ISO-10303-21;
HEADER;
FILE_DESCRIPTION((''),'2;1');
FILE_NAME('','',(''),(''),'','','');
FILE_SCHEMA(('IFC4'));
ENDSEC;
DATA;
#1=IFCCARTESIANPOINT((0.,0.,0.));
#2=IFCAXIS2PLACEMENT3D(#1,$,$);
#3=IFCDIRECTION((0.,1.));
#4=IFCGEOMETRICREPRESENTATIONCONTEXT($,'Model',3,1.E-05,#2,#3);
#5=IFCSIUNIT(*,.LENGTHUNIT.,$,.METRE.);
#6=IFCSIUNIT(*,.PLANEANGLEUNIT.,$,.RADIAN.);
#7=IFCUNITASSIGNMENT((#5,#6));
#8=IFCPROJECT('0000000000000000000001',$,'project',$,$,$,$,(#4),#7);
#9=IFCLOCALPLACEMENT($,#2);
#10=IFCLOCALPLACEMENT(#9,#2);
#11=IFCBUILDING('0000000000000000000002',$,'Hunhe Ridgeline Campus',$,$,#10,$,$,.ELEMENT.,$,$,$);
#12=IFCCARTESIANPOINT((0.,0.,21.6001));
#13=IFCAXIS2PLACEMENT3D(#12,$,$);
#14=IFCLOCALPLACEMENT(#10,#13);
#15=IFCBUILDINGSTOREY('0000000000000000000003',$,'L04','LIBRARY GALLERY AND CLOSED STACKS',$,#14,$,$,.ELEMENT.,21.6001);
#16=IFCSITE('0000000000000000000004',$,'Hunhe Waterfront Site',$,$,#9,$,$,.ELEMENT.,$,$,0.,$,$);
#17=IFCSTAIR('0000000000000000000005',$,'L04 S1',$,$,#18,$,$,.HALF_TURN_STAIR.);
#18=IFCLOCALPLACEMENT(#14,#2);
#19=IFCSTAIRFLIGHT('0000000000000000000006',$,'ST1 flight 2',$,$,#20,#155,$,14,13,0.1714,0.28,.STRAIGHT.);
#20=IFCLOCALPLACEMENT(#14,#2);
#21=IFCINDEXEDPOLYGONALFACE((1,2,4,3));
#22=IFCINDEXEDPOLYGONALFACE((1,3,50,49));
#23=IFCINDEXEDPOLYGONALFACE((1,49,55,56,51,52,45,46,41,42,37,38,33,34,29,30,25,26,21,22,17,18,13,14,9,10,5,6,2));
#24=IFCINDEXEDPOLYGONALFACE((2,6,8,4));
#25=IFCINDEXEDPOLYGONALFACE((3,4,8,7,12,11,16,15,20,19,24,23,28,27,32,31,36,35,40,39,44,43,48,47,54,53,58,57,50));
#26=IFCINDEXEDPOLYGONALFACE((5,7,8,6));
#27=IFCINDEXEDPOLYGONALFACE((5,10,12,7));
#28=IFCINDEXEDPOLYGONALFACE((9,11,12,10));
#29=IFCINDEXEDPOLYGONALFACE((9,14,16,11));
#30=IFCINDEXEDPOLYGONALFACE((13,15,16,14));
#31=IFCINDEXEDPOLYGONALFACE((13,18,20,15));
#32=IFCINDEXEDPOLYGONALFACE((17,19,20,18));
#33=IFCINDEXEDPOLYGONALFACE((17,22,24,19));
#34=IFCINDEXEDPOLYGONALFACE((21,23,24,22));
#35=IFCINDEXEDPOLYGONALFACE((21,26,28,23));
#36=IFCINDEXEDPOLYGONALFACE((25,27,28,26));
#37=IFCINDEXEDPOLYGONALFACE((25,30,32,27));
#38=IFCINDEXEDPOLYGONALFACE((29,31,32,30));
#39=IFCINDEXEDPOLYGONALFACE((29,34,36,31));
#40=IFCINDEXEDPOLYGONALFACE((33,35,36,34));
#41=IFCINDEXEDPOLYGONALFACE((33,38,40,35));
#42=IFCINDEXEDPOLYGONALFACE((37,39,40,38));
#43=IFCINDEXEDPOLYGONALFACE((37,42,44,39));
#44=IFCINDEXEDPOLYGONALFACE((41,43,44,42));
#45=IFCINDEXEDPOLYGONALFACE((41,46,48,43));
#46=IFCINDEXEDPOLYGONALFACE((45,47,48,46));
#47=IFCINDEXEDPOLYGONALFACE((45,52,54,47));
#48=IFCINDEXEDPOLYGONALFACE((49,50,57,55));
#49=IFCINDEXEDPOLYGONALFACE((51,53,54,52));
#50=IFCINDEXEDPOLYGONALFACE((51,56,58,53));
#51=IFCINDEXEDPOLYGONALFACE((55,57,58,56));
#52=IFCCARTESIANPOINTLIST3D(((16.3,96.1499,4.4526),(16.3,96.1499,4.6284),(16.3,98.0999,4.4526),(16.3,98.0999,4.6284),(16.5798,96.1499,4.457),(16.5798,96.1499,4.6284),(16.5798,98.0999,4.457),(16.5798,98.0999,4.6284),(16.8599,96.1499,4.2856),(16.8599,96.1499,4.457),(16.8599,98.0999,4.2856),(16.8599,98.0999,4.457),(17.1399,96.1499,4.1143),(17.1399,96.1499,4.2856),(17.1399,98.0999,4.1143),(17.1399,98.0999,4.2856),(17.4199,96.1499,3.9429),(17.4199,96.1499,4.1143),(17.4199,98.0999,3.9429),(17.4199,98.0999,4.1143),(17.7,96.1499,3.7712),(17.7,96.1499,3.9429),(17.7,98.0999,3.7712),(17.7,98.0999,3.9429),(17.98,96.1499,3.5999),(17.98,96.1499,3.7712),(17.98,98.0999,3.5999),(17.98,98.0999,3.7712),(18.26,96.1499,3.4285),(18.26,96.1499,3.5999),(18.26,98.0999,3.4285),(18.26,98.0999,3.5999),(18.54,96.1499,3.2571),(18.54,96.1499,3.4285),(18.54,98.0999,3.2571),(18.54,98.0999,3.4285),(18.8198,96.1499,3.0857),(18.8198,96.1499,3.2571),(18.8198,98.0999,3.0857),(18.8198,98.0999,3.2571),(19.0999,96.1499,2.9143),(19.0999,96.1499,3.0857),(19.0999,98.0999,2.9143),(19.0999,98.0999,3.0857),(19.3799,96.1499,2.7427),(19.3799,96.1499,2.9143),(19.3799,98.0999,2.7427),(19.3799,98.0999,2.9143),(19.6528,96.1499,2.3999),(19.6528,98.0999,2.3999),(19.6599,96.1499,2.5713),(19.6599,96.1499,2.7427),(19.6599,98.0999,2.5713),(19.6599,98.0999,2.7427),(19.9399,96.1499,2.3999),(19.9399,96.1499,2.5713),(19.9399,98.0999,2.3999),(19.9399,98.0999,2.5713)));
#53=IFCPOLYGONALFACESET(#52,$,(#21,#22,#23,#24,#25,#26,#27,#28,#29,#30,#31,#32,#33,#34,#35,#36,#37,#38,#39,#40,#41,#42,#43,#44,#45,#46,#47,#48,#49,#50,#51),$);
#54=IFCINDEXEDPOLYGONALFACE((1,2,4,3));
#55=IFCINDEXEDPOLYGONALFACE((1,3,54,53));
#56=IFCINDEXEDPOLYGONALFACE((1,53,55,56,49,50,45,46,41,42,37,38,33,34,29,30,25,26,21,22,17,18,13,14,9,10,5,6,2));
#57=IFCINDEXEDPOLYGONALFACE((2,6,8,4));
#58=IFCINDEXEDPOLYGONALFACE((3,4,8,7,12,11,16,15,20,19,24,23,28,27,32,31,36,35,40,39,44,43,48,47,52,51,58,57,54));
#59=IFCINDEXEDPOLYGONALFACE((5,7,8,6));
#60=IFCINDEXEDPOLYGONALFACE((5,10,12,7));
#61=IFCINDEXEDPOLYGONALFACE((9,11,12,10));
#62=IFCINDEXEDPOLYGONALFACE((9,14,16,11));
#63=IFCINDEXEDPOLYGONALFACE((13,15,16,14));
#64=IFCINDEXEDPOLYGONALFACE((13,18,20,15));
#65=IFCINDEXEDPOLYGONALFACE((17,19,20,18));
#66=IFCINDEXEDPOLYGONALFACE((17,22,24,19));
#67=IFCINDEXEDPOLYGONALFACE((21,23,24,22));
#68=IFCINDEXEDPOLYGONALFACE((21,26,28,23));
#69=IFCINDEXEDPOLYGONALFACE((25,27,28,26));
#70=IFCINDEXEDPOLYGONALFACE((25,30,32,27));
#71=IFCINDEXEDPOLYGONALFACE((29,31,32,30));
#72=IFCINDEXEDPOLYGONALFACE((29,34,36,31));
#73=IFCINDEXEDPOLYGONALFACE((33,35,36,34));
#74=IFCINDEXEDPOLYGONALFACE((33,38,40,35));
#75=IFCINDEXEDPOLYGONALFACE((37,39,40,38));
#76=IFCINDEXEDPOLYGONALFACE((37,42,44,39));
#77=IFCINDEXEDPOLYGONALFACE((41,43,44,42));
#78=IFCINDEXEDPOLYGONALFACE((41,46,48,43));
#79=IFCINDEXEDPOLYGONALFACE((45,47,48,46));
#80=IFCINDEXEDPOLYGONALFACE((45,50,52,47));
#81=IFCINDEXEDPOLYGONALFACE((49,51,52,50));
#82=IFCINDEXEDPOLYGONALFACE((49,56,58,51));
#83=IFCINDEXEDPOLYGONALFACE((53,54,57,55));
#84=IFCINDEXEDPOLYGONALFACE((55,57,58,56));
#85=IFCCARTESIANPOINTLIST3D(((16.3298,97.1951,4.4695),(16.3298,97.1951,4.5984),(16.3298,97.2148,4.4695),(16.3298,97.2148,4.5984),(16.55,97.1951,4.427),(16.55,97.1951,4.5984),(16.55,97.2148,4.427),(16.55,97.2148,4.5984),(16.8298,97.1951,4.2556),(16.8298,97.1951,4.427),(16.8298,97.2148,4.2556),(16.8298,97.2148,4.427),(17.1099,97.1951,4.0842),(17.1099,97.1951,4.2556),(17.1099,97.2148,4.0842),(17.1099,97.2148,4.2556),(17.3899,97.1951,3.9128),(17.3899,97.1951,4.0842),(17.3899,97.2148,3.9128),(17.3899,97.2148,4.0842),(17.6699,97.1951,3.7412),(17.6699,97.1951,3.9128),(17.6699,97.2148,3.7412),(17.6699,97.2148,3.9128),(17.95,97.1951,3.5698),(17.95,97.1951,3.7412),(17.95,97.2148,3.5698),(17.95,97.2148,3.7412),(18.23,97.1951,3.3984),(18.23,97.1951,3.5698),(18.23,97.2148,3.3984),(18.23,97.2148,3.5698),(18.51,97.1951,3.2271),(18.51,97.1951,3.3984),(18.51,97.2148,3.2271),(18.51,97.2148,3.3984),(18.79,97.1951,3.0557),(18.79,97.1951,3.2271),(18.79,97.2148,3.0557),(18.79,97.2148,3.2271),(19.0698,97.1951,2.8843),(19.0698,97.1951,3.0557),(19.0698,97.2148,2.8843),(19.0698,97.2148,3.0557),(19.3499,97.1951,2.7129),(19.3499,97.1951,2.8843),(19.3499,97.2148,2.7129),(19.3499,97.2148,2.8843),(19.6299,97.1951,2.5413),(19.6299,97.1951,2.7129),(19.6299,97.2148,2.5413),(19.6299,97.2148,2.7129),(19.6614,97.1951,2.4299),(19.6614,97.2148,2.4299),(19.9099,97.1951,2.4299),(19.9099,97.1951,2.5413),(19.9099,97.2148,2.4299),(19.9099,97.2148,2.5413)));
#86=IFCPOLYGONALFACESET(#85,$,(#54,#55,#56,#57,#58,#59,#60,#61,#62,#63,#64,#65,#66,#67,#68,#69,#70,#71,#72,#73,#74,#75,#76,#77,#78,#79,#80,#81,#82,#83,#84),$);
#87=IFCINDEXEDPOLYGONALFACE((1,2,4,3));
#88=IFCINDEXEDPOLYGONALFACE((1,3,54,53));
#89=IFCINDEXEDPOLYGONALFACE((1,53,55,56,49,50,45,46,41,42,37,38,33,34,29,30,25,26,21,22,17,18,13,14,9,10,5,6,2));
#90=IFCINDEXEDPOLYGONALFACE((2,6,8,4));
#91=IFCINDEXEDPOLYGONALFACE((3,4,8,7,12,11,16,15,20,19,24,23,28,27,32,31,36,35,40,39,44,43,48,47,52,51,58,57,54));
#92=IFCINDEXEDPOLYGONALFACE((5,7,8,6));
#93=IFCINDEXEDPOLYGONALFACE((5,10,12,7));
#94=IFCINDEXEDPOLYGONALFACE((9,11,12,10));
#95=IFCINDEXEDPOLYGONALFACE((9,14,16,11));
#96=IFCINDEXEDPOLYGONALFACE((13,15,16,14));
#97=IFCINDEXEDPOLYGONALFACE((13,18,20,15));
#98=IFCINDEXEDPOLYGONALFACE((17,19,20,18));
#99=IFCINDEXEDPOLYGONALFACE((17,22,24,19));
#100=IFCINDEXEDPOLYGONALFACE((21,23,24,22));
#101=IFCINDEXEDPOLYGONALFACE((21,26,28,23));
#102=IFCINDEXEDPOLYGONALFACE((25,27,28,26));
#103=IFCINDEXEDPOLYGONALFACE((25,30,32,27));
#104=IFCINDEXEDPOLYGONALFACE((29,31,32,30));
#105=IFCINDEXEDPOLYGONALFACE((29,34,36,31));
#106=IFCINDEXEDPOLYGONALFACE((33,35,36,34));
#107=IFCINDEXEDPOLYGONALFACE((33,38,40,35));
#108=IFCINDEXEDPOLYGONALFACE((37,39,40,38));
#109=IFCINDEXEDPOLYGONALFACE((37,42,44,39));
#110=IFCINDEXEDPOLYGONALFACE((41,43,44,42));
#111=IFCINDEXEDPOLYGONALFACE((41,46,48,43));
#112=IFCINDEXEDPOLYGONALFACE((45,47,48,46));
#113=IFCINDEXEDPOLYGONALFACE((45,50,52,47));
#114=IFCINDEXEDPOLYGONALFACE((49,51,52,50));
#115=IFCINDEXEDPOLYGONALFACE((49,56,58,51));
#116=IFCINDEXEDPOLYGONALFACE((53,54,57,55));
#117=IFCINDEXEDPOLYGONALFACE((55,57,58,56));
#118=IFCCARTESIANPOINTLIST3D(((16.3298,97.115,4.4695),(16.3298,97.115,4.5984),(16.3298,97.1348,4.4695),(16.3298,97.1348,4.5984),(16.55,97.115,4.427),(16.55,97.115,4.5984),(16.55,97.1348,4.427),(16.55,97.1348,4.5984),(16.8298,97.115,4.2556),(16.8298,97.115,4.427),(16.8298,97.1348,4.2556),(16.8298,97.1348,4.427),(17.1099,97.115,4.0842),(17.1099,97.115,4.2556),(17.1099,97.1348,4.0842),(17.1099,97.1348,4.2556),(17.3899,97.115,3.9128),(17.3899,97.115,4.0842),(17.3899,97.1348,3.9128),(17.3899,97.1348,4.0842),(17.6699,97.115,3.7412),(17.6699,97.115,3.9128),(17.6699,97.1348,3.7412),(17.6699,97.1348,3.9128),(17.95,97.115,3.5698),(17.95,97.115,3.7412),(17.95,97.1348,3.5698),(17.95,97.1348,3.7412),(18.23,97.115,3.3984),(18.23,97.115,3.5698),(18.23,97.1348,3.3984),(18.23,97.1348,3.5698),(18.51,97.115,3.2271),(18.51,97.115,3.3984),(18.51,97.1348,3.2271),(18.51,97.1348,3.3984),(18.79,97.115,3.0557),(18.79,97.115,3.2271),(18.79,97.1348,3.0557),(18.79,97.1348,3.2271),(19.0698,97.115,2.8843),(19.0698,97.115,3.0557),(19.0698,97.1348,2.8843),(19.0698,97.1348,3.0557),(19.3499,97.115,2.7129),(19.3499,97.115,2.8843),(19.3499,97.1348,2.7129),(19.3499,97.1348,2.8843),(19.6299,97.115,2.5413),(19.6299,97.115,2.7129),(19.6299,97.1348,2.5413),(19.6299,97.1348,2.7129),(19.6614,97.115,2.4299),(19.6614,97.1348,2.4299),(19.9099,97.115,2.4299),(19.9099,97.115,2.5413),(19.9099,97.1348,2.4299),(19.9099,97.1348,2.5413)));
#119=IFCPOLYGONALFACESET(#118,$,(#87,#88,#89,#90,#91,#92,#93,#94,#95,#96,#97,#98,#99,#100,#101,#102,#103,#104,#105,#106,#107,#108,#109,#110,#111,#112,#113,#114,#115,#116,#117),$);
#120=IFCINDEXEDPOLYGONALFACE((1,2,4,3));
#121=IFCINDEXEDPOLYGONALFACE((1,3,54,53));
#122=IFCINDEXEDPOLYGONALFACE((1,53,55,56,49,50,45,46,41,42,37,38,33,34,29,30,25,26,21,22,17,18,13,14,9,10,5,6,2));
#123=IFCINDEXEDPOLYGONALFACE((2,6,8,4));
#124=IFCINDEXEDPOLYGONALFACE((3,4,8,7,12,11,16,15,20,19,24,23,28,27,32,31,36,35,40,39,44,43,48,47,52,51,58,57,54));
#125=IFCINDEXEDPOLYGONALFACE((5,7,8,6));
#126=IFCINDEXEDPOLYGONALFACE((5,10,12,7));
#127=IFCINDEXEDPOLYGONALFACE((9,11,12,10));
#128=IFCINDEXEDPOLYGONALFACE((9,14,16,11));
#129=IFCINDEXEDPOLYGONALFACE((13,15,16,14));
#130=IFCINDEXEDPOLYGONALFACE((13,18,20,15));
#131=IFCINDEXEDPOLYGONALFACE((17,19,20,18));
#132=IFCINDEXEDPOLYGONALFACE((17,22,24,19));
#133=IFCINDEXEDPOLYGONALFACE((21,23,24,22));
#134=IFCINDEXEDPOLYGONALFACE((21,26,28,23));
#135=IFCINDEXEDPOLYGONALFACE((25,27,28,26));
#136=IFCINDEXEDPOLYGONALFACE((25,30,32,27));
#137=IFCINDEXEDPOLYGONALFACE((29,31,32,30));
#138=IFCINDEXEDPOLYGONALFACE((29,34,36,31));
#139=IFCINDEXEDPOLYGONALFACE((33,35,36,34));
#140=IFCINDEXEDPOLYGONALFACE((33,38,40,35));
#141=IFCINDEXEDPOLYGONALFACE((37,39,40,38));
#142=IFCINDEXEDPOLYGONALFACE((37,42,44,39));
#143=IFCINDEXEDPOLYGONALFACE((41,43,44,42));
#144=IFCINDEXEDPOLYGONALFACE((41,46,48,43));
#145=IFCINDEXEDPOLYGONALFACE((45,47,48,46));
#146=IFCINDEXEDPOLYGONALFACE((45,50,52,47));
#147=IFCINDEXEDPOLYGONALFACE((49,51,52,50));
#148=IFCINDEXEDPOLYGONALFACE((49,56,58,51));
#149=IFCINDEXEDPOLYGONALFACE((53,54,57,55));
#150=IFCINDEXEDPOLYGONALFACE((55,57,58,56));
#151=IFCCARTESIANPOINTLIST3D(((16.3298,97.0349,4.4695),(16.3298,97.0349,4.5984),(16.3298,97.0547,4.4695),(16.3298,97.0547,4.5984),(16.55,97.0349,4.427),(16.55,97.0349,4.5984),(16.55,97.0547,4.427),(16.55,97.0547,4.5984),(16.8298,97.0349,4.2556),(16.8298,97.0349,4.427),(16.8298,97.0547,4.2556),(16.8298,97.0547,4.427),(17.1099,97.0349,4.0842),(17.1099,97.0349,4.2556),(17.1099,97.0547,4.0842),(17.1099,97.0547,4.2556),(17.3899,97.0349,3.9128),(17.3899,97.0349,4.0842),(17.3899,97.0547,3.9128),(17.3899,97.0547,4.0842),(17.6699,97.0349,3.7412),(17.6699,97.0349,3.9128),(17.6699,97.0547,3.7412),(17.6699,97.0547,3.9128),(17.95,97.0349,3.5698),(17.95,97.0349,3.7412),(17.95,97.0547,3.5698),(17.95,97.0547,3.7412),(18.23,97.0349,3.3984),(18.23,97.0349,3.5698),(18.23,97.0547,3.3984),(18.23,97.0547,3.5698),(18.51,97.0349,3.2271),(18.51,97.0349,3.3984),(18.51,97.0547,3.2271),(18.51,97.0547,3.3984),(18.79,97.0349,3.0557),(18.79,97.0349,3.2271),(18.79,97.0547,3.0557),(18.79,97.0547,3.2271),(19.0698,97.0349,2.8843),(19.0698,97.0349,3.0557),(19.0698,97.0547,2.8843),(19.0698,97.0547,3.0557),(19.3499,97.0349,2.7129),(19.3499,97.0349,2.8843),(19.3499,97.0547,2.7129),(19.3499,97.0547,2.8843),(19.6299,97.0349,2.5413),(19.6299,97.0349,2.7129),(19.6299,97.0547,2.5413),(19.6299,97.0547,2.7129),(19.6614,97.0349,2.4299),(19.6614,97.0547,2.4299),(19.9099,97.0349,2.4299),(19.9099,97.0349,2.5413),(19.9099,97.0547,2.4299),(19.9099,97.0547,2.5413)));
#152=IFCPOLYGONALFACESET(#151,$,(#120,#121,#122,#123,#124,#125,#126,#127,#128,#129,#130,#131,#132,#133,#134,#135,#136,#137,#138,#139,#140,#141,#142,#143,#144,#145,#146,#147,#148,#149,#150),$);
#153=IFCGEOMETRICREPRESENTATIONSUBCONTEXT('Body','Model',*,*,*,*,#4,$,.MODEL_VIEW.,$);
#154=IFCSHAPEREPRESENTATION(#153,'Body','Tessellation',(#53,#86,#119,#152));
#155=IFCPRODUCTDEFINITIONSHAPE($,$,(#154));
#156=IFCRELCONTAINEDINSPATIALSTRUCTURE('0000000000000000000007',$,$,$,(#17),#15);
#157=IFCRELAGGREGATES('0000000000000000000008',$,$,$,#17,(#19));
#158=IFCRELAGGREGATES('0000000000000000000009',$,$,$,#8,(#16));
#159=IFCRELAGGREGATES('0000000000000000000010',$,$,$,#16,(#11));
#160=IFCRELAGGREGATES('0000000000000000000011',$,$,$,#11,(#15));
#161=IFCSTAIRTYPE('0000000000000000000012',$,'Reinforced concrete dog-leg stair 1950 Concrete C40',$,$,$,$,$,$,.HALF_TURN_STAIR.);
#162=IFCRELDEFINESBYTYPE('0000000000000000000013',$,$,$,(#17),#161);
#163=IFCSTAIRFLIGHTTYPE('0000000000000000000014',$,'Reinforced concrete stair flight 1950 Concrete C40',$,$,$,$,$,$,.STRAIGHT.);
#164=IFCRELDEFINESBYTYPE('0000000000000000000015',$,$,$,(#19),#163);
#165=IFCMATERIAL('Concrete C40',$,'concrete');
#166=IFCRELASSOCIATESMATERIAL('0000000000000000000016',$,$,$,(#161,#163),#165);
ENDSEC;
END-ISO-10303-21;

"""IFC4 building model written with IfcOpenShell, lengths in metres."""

from ifc_helpers import new_model, si_unit, direction, frame, origin, place, context, subcontext, project, spatial, polyline, outline, extrude, material, type_object, element, aggregate, save


model = new_model("IFC4")

# Units and contexts
model_context = context("Model", 3, precision=1e-05, world=origin(), true_north=direction((0.0, 1.0)))
body_context = subcontext(model_context, "Body", "Model", "MODEL_VIEW")
ifc_project = project(units=[si_unit("LENGTHUNIT", "METRE"), si_unit("PLANEANGLEUNIT", "RADIAN")], contexts=[model_context])

# Site, building, storey
site_placement = place(None, origin())
site = spatial("IfcSite", under=ifc_project, at=site_placement, Name="Hunhe Waterfront Site", CompositionType="ELEMENT", RefElevation=0.0)
building_placement = place(site_placement, origin())
building = spatial("IfcBuilding", under=site, at=building_placement, Name="Hunhe Ridgeline Campus", CompositionType="ELEMENT")
storey_placement = place(building_placement, frame((0.0, 0.0, 21.6001)))
storey = spatial("IfcBuildingStorey", under=building, at=storey_placement, Name="L04", Description="LIBRARY GALLERY AND CLOSED STACKS", CompositionType="ELEMENT", Elevation=21.6001)

# Stair, stair flight
ifc_material_1 = material(Name="Concrete C40", Category="concrete")
stair_type = type_object("IfcStairType", Name="Reinforced concrete dog-leg stair 1950 Concrete C40", PredefinedType="HALF_TURN_STAIR", material=ifc_material_1)
stair_placement = place(storey_placement, origin())
stair = element("IfcStair", 1, at=stair_placement, inside=storey, type_object=stair_type, Name="L04 S1", PredefinedType="HALF_TURN_STAIR")
stair_flight_type = type_object("IfcStairFlightType", Name="Reinforced concrete stair flight 1950 Concrete C40", PredefinedType="STRAIGHT", material=ifc_material_1)
stair_flight_1_placement = place(storey_placement, frame((19.9399, 97.125, 2.3999), z_axis=(0.0, 0.0, 1.0), x_axis=(-1.0, 0.0, 0.0)))
stair_flight_1 = element("IfcStairFlight", 2, at=stair_flight_1_placement, type_object=stair_flight_type, Name="ST1 flight 2", NumberOfRisers=14, NumberOfTreads=13, PredefinedType="STRAIGHT", RiserHeight=0.1714, TreadLength=0.28, context=body_context, shape_type="SweptSolid", body=[
    extrude(outline(polyline([(0.0, 0.0), (0.0, 0.1714), (0.28, 0.1714), (0.28, 0.3428), (0.5601, 0.3428), (0.5601, 0.5144), (0.8401, 0.5144), (0.8401, 0.6858), (1.1201, 0.6858), (1.1201, 0.8572), (1.3999, 0.8572), (1.3999, 1.0286), (1.6799, 1.0286), (1.6799, 1.2), (1.96, 1.2), (1.96, 1.3713), (2.24, 1.3713), (2.24, 1.543), (2.52, 1.543), (2.52, 1.7144), (2.8, 1.7144), (2.8, 1.8857), (3.0801, 1.8857), (3.0801, 2.0571), (3.3601, 2.0571), (3.3601, 2.2285), (3.6399, 2.2285), (3.6399, 2.3999), (3.6399, 2.0527), (0.2871, 0.0), (0.0, 0.0)])), frame((0.0, 0.9751, 0.0), z_axis=(0.0, -1.0, 0.0), x_axis=(1.0, 0.0, 0.0)), (0.0, 0.0, 1.0), 1.95),
    extrude(outline(polyline([(0.03, 0.03), (0.03, 0.1414), (0.3101, 0.1414), (0.3101, 0.313), (0.5901, 0.313), (0.5901, 0.4844), (0.8701, 0.4844), (0.8701, 0.6558), (1.1499, 0.6558), (1.1499, 0.8271), (1.4299, 0.8271), (1.4299, 0.9985), (1.71, 0.9985), (1.71, 1.1699), (1.99, 1.1699), (1.99, 1.3413), (2.27, 1.3413), (2.27, 1.5129), (2.55, 1.5129), (2.55, 1.6843), (2.8301, 1.6843), (2.8301, 1.8557), (3.1101, 1.8557), (3.1101, 2.0271), (3.3899, 2.0271), (3.3899, 2.1985), (3.6101, 2.1985), (3.6101, 2.0696), (0.2786, 0.03), (0.03, 0.03)])), frame((0.0, -0.0701, 0.0), z_axis=(0.0, -1.0, 0.0), x_axis=(1.0, 0.0, 0.0)), (0.0, 0.0, 1.0), 0.0198),
    extrude(outline(polyline([(0.03, 0.03), (0.03, 0.1414), (0.3101, 0.1414), (0.3101, 0.313), (0.5901, 0.313), (0.5901, 0.4844), (0.8701, 0.4844), (0.8701, 0.6558), (1.1499, 0.6558), (1.1499, 0.8271), (1.4299, 0.8271), (1.4299, 0.9985), (1.71, 0.9985), (1.71, 1.1699), (1.99, 1.1699), (1.99, 1.3413), (2.27, 1.3413), (2.27, 1.5129), (2.55, 1.5129), (2.55, 1.6843), (2.8301, 1.6843), (2.8301, 1.8557), (3.1101, 1.8557), (3.1101, 2.0271), (3.3899, 2.0271), (3.3899, 2.1985), (3.6101, 2.1985), (3.6101, 2.0696), (0.2786, 0.03), (0.03, 0.03)])), frame((0.0, 0.01, 0.0), z_axis=(0.0, -1.0, 0.0), x_axis=(1.0, 0.0, 0.0)), (0.0, 0.0, 1.0), 0.0198),
    extrude(outline(polyline([(0.03, 0.03), (0.03, 0.1414), (0.3101, 0.1414), (0.3101, 0.313), (0.5901, 0.313), (0.5901, 0.4844), (0.8701, 0.4844), (0.8701, 0.6558), (1.1499, 0.6558), (1.1499, 0.8271), (1.4299, 0.8271), (1.4299, 0.9985), (1.71, 0.9985), (1.71, 1.1699), (1.99, 1.1699), (1.99, 1.3413), (2.27, 1.3413), (2.27, 1.5129), (2.55, 1.5129), (2.55, 1.6843), (2.8301, 1.6843), (2.8301, 1.8557), (3.1101, 1.8557), (3.1101, 2.0271), (3.3899, 2.0271), (3.3899, 2.1985), (3.6101, 2.1985), (3.6101, 2.0696), (0.2786, 0.03), (0.03, 0.03)])), frame((0.0, 0.0901, 0.0), z_axis=(0.0, -1.0, 0.0), x_axis=(1.0, 0.0, 0.0)), (0.0, 0.0, 1.0), 0.0198),
])
aggregate(stair, [stair_flight_1])

save(model, "model.ifc")
